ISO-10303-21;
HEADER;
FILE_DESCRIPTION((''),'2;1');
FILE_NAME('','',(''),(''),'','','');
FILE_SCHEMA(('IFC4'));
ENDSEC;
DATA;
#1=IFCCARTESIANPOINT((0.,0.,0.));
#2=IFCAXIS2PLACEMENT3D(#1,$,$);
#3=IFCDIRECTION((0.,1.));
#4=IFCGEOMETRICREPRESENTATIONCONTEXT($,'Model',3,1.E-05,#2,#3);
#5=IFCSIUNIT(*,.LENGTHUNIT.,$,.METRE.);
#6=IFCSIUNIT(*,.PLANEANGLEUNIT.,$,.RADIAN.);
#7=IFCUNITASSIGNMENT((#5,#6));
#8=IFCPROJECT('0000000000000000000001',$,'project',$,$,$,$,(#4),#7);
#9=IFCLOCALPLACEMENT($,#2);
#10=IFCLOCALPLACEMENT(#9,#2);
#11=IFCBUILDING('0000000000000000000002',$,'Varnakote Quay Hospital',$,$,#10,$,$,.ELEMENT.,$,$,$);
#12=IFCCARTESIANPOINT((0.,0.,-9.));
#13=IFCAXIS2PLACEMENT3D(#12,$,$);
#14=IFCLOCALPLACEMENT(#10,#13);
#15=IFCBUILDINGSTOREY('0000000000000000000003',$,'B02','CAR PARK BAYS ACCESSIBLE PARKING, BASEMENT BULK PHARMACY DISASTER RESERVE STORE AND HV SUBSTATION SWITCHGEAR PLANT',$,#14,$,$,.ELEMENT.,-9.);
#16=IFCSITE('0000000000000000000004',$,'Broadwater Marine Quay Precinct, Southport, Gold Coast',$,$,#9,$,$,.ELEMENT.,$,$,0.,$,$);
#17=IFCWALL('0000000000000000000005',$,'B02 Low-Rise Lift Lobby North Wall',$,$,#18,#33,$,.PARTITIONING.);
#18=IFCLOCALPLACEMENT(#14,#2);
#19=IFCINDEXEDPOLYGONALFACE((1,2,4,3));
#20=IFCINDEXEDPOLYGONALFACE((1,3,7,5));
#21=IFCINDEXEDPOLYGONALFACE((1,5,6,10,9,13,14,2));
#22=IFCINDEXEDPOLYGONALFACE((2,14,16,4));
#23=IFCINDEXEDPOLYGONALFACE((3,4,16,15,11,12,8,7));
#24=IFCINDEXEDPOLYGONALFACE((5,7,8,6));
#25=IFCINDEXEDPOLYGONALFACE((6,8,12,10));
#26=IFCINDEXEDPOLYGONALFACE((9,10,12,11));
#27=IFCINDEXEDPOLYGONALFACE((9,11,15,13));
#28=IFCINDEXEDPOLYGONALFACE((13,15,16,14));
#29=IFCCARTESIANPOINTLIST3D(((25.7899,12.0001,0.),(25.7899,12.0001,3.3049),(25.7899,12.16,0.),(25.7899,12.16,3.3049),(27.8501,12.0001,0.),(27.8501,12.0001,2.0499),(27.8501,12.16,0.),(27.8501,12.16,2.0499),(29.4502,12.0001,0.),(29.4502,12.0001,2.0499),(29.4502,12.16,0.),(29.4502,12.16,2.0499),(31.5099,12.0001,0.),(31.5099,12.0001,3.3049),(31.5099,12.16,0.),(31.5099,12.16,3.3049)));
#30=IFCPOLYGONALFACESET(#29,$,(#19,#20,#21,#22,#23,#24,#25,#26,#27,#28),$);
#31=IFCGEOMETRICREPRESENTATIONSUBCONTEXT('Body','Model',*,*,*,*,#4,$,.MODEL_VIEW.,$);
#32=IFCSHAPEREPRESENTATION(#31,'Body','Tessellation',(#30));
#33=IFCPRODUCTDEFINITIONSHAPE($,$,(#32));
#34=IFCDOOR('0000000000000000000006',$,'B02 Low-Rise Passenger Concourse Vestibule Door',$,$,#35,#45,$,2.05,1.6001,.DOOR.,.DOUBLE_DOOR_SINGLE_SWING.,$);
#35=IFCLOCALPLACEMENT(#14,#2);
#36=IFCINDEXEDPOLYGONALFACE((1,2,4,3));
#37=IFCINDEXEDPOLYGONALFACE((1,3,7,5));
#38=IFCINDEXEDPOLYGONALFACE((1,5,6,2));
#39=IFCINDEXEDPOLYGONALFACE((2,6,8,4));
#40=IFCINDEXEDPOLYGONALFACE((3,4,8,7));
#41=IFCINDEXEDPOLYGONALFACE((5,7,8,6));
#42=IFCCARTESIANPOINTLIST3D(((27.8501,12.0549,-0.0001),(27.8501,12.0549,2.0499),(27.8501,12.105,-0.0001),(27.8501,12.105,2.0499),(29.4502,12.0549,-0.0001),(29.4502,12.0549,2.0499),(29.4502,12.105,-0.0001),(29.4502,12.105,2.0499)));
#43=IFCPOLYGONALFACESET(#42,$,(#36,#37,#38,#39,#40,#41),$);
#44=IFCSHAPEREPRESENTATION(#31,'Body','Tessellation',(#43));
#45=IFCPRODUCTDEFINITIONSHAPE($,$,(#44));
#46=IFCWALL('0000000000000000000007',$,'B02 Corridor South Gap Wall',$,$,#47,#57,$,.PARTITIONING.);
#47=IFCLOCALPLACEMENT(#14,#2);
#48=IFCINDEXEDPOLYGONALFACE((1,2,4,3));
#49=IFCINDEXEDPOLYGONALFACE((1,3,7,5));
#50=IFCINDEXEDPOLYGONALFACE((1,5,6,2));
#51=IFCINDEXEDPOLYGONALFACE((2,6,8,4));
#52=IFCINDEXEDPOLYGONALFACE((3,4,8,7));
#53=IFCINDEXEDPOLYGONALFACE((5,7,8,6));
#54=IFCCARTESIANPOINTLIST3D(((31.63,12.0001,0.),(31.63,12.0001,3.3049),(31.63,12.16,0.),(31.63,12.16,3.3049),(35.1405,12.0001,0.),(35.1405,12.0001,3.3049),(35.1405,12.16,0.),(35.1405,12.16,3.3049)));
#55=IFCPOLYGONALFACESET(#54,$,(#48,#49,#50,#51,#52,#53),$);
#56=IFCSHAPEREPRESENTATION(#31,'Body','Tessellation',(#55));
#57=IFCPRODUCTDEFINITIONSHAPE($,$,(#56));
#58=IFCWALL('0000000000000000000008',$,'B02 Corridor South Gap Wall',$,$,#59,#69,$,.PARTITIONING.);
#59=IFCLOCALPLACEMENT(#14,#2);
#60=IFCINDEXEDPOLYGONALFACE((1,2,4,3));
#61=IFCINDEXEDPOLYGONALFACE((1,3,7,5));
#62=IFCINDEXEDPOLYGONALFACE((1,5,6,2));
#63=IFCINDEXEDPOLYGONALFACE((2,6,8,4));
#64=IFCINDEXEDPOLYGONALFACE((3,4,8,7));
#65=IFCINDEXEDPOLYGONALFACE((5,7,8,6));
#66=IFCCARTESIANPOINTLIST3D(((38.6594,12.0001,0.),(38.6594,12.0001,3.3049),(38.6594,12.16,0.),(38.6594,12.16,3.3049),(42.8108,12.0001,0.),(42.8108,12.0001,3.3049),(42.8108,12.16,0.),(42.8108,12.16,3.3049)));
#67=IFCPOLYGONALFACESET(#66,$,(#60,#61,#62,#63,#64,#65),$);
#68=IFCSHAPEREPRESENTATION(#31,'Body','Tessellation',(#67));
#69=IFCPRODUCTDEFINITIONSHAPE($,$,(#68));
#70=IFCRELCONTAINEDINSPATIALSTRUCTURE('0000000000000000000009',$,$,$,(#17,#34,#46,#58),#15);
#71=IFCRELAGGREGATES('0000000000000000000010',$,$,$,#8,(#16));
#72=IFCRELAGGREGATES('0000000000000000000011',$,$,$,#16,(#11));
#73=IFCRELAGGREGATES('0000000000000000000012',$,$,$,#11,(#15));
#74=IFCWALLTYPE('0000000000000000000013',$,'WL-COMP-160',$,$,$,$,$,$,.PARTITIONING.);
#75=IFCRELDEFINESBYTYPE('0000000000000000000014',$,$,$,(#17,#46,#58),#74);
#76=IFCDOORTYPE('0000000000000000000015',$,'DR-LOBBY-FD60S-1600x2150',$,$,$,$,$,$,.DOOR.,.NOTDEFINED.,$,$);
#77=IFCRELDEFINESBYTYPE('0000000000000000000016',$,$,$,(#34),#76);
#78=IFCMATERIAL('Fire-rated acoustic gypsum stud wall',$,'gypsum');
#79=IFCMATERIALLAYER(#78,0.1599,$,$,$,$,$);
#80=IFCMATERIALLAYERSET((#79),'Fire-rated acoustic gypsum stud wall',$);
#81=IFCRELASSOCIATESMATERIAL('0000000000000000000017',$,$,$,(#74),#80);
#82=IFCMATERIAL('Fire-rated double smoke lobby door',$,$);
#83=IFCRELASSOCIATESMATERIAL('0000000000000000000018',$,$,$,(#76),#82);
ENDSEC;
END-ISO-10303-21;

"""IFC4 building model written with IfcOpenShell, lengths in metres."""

from ifc_helpers import new_model, si_unit, direction, frame, frame_2d, origin, place, context, subcontext, project, spatial, rectangle, extrude, material, layer, layer_set, type_object, element, fill, save


model = new_model("IFC4")

# Units and contexts
model_context = context("Model", 3, precision=1e-05, world=origin(), true_north=direction((0.0, 1.0)))
body_context = subcontext(model_context, "Body", "Model", "MODEL_VIEW")
ifc_project = project(units=[si_unit("LENGTHUNIT", "METRE"), si_unit("PLANEANGLEUNIT", "RADIAN")], contexts=[model_context])

# Site, building, storey
site_placement = place(None, origin())
site = spatial("IfcSite", under=ifc_project, at=site_placement, Name="Broadwater Marine Quay Precinct, Southport, Gold Coast", CompositionType="ELEMENT", RefElevation=0.0)
building_placement = place(site_placement, origin())
building = spatial("IfcBuilding", under=site, at=building_placement, Name="Varnakote Quay Hospital", CompositionType="ELEMENT")
storey_placement = place(building_placement, frame((0.0, 0.0, -9.0)))
storey = spatial("IfcBuildingStorey", under=building, at=storey_placement, Name="B02", Description="CAR PARK BAYS ACCESSIBLE PARKING, BASEMENT BULK PHARMACY DISASTER RESERVE STORE AND HV SUBSTATION SWITCHGEAR PLANT", CompositionType="ELEMENT", Elevation=-9.0)

# Wall, opening, door
ifc_material_1 = material(Name="Fire-rated acoustic gypsum stud wall", Category="gypsum")
ifc_layer = layer(ifc_material_1, 0.1599)
ifc_layer_set = layer_set([ifc_layer], Name="Fire-rated acoustic gypsum stud wall")
wall_type = type_object("IfcWallType", Name="WL-COMP-160", PredefinedType="PARTITIONING", material=ifc_layer_set)
wall_1_placement = place(storey_placement, frame((25.79, 12.0801, 0.0), z_axis=(0.0, 0.0, 1.0), x_axis=(1.0, 0.0, 0.0)))
wall_1 = element("IfcWall", 1, at=wall_1_placement, inside=storey, type_object=wall_type, Name="B02 Low-Rise Lift Lobby North Wall", PredefinedType="PARTITIONING", context=body_context, shape_type="SweptSolid", body=[
    extrude(rectangle(XDim=5.72, YDim=0.1599, at=frame_2d((2.8599, 0.0))), origin(), (0.0, 0.0, 1.0), 3.3049),
])
opening_placement = place(wall_1_placement, frame((2.0601, 0.0, 0.0)))
opening = element("IfcOpeningElement", 2, at=opening_placement, cuts=wall_1, PredefinedType="OPENING", context=body_context, shape_type="SweptSolid", body=[
    extrude(rectangle(XDim=1.6001, YDim=2.05, at=frame_2d((0.8, 1.0249))), frame((0.0, 0.0898, 0.0), z_axis=(0.0, -1.0, 0.0), x_axis=(1.0, 0.0, 0.0)), (0.0, 0.0, 1.0), 0.1799),
])
ifc_material_2 = material(Name="Fire-rated double smoke lobby door")
door_type = type_object("IfcDoorType", Name="DR-LOBBY-FD60S-1600x2150", OperationType="NOTDEFINED", PredefinedType="DOOR", material=ifc_material_2)
door_placement = place(opening_placement, origin())
door = element("IfcDoor", 3, at=door_placement, inside=storey, type_object=door_type, Name="B02 Low-Rise Passenger Concourse Vestibule Door", OperationType="DOUBLE_DOOR_SINGLE_SWING", OverallHeight=2.05, OverallWidth=1.6001, PredefinedType="DOOR", context=body_context, shape_type="SweptSolid", body=[
    extrude(rectangle(XDim=1.6001, YDim=2.05, at=frame_2d((0.8, 1.0249))), frame((0.0, 0.0249, 0.0), z_axis=(0.0, -1.0, 0.0), x_axis=(1.0, 0.0, 0.0)), (0.0, 0.0, 1.0), 0.05),
])
fill(opening, door)

# Walls
wall_2_placement = place(storey_placement, frame((31.6299, 12.0801, 0.0), z_axis=(0.0, 0.0, 1.0), x_axis=(1.0, 0.0, 0.0)))
element("IfcWall", 4, at=wall_2_placement, inside=storey, type_object=wall_type, Name="B02 Corridor South Gap Wall", PredefinedType="PARTITIONING", context=body_context, shape_type="SweptSolid", body=[
    extrude(rectangle(XDim=3.5105, YDim=0.1599, at=frame_2d((1.7554, 0.0))), origin(), (0.0, 0.0, 1.0), 3.3049),
])
wall_3_placement = place(storey_placement, frame((38.6594, 12.0801, 0.0), z_axis=(0.0, 0.0, 1.0), x_axis=(1.0, 0.0, 0.0)))
element("IfcWall", 5, at=wall_3_placement, inside=storey, type_object=wall_type, Name="B02 Corridor South Gap Wall", PredefinedType="PARTITIONING", context=body_context, shape_type="SweptSolid", body=[
    extrude(rectangle(XDim=4.1514, YDim=0.1599, at=frame_2d((2.0757, 0.0))), origin(), (0.0, 0.0, 1.0), 3.3049),
])

save(model, "model.ifc")
